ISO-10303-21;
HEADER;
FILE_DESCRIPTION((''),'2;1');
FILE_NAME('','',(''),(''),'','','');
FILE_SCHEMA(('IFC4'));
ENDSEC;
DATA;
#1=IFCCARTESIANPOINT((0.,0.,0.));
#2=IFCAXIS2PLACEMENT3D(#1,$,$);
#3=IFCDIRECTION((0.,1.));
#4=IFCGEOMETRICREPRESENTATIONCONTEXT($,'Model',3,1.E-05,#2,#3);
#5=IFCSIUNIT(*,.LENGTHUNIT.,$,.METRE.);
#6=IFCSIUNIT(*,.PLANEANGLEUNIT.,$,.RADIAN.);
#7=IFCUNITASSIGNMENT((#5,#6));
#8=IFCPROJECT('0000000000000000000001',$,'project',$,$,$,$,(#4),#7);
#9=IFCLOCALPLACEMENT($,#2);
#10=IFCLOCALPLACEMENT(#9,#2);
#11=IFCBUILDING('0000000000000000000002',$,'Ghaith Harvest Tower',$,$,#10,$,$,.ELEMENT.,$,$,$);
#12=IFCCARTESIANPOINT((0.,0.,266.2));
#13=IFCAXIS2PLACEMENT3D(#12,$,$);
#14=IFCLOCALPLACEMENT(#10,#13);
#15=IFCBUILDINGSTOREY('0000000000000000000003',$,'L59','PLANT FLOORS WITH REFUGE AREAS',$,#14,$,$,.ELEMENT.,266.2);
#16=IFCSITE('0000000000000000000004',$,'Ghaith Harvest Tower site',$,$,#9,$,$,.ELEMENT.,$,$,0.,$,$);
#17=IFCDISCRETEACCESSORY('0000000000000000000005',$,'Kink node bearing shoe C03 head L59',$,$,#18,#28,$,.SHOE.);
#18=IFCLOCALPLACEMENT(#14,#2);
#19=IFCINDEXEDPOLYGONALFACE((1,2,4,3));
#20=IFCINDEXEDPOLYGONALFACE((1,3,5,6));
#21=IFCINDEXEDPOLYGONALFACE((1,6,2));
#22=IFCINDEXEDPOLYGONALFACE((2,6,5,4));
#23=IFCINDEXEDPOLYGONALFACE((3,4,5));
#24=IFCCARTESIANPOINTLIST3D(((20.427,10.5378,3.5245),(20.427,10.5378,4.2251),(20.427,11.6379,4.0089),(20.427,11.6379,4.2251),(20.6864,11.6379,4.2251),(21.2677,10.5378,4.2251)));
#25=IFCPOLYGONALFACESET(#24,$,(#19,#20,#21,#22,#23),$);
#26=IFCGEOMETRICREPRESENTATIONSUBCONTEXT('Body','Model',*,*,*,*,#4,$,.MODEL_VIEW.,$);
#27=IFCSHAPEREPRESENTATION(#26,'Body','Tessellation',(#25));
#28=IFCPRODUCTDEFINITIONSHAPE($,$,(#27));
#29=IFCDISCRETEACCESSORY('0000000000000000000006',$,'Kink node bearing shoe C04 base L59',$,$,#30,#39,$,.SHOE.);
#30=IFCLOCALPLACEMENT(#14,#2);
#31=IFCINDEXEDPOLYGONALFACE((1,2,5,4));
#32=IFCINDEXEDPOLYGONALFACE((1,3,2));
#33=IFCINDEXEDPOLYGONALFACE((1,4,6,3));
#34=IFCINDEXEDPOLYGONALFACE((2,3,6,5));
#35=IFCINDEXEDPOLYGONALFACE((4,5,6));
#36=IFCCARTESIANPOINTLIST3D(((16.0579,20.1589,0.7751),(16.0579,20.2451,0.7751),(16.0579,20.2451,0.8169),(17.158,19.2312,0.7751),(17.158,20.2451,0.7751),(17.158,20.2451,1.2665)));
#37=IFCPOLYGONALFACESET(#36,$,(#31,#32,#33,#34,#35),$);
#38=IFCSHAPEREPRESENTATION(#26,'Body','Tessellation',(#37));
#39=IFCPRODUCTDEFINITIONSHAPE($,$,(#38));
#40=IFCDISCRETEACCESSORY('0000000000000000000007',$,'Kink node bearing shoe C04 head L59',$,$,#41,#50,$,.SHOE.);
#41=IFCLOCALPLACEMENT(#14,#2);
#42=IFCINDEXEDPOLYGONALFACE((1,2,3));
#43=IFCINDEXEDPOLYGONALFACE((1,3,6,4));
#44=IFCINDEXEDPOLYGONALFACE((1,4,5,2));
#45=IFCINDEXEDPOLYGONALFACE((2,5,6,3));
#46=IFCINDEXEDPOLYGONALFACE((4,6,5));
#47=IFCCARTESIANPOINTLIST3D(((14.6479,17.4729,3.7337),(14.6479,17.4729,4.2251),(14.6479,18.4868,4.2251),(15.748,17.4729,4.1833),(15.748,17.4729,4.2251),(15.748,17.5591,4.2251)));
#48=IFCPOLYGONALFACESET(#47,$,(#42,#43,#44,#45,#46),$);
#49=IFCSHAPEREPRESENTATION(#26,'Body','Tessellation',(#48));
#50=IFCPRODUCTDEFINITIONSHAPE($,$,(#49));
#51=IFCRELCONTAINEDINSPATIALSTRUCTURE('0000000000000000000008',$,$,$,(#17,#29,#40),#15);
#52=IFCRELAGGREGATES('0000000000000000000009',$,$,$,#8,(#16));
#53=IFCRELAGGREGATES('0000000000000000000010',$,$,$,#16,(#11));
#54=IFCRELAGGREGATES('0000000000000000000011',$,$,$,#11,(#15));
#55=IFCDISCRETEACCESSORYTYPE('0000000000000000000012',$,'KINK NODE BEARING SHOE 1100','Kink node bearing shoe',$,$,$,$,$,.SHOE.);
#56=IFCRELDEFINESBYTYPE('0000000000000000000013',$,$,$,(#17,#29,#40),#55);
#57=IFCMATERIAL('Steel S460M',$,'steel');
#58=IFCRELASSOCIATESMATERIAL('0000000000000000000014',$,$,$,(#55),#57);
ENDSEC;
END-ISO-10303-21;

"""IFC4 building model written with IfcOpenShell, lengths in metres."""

from ifc_helpers import new_model, si_unit, direction, frame, origin, origin_2d, place, context, subcontext, project, spatial, rectangle, extrude, clip, halfspace, material, material_profile, profile_set, type_object, element, save


model = new_model("IFC4")

# Units and contexts
model_context = context("Model", 3, precision=1e-05, world=origin(), true_north=direction((0.0, 1.0)))
body_context = subcontext(model_context, "Body", "Model", "MODEL_VIEW")
ifc_project = project(units=[si_unit("LENGTHUNIT", "METRE"), si_unit("PLANEANGLEUNIT", "RADIAN")], contexts=[model_context])

# Site, building, storey
site_placement = place(None, origin())
site = spatial("IfcSite", under=ifc_project, at=site_placement, Name="Ghaith Harvest Tower site", CompositionType="ELEMENT", RefElevation=0.0)
building_placement = place(site_placement, origin())
building = spatial("IfcBuilding", under=site, at=building_placement, Name="Ghaith Harvest Tower", CompositionType="ELEMENT")
storey_placement = place(building_placement, frame((0.0, 0.0, 266.2)))
storey = spatial("IfcBuildingStorey", under=building, at=storey_placement, Name="L59", Description="PLANT FLOORS WITH REFUGE AREAS", CompositionType="ELEMENT", Elevation=266.2)

# Discrete accessories
ifc_material_1 = material(Name="Steel S460M", Category="steel")
ifc_material_profile_1 = material_profile(ifc_material_1, rectangle(XDim=1.1001, YDim=1.1001, at=origin_2d()), Name="KINK NODE BEARING SHOE 1100")
ifc_profile_set_1 = profile_set([ifc_material_profile_1], Name="Steel S460M")
discrete_accessory_type = type_object("IfcDiscreteAccessoryType", Name="KINK NODE BEARING SHOE 1100", Description="Kink node bearing shoe", PredefinedType="SHOE", material=ifc_profile_set_1)
discrete_accessory_1_placement = place(storey_placement, frame((20.9771, 11.0879, 3.5146), z_axis=(0.0, 0.0, 1.0), x_axis=(1.0, 0.0, 0.0)))
element("IfcDiscreteAccessory", 1, at=discrete_accessory_1_placement, inside=storey, type_object=discrete_accessory_type, Name="Kink node bearing shoe C03 head L59", PredefinedType="SHOE", context=body_context, shape_type="Clipping", body=[
    clip(extrude(rectangle(XDim=1.1001, YDim=1.1001, at=origin_2d()), origin(), (0.0, 0.0, 1.0), 0.7104), halfspace(frame((0.0, 0.0, 0.7104), z_axis=(0.606434, 0.320408, -0.72772), x_axis=(1.0, 0.0, 0.0)), False)),
])
discrete_accessory_2_placement = place(storey_placement, frame((16.6079, 19.6951, 0.7751), z_axis=(0.0, 0.0, 1.0), x_axis=(1.0, 0.0, 0.0)))
element("IfcDiscreteAccessory", 2, at=discrete_accessory_2_placement, inside=storey, type_object=discrete_accessory_type, Name="Kink node bearing shoe C04 base L59", PredefinedType="SHOE", context=body_context, shape_type="Clipping", body=[
    clip(extrude(rectangle(XDim=1.1001, YDim=1.1001, at=origin_2d()), origin(), (0.0, 0.0, 1.0), 0.5012), halfspace(frame((0.0, 0.0, 0.0), z_axis=(-0.345176, -0.409315, 0.84458), x_axis=(1.0, 0.0, 0.0)), False)),
])
discrete_accessory_3_placement = place(storey_placement, frame((15.198, 18.0229, 3.7236), z_axis=(0.0, 0.0, 1.0), x_axis=(1.0, 0.0, 0.0)))
element("IfcDiscreteAccessory", 3, at=discrete_accessory_3_placement, inside=storey, type_object=discrete_accessory_type, Name="Kink node bearing shoe C04 head L59", PredefinedType="SHOE", context=body_context, shape_type="Clipping", body=[
    clip(extrude(rectangle(XDim=1.1001, YDim=1.1001, at=origin_2d()), origin(), (0.0, 0.0, 1.0), 0.5015), halfspace(frame((0.0, 0.0, 0.5015), z_axis=(0.345176, 0.409315, -0.84458), x_axis=(1.0, 0.0, 0.0)), False)),
])

save(model, "model.ifc")
